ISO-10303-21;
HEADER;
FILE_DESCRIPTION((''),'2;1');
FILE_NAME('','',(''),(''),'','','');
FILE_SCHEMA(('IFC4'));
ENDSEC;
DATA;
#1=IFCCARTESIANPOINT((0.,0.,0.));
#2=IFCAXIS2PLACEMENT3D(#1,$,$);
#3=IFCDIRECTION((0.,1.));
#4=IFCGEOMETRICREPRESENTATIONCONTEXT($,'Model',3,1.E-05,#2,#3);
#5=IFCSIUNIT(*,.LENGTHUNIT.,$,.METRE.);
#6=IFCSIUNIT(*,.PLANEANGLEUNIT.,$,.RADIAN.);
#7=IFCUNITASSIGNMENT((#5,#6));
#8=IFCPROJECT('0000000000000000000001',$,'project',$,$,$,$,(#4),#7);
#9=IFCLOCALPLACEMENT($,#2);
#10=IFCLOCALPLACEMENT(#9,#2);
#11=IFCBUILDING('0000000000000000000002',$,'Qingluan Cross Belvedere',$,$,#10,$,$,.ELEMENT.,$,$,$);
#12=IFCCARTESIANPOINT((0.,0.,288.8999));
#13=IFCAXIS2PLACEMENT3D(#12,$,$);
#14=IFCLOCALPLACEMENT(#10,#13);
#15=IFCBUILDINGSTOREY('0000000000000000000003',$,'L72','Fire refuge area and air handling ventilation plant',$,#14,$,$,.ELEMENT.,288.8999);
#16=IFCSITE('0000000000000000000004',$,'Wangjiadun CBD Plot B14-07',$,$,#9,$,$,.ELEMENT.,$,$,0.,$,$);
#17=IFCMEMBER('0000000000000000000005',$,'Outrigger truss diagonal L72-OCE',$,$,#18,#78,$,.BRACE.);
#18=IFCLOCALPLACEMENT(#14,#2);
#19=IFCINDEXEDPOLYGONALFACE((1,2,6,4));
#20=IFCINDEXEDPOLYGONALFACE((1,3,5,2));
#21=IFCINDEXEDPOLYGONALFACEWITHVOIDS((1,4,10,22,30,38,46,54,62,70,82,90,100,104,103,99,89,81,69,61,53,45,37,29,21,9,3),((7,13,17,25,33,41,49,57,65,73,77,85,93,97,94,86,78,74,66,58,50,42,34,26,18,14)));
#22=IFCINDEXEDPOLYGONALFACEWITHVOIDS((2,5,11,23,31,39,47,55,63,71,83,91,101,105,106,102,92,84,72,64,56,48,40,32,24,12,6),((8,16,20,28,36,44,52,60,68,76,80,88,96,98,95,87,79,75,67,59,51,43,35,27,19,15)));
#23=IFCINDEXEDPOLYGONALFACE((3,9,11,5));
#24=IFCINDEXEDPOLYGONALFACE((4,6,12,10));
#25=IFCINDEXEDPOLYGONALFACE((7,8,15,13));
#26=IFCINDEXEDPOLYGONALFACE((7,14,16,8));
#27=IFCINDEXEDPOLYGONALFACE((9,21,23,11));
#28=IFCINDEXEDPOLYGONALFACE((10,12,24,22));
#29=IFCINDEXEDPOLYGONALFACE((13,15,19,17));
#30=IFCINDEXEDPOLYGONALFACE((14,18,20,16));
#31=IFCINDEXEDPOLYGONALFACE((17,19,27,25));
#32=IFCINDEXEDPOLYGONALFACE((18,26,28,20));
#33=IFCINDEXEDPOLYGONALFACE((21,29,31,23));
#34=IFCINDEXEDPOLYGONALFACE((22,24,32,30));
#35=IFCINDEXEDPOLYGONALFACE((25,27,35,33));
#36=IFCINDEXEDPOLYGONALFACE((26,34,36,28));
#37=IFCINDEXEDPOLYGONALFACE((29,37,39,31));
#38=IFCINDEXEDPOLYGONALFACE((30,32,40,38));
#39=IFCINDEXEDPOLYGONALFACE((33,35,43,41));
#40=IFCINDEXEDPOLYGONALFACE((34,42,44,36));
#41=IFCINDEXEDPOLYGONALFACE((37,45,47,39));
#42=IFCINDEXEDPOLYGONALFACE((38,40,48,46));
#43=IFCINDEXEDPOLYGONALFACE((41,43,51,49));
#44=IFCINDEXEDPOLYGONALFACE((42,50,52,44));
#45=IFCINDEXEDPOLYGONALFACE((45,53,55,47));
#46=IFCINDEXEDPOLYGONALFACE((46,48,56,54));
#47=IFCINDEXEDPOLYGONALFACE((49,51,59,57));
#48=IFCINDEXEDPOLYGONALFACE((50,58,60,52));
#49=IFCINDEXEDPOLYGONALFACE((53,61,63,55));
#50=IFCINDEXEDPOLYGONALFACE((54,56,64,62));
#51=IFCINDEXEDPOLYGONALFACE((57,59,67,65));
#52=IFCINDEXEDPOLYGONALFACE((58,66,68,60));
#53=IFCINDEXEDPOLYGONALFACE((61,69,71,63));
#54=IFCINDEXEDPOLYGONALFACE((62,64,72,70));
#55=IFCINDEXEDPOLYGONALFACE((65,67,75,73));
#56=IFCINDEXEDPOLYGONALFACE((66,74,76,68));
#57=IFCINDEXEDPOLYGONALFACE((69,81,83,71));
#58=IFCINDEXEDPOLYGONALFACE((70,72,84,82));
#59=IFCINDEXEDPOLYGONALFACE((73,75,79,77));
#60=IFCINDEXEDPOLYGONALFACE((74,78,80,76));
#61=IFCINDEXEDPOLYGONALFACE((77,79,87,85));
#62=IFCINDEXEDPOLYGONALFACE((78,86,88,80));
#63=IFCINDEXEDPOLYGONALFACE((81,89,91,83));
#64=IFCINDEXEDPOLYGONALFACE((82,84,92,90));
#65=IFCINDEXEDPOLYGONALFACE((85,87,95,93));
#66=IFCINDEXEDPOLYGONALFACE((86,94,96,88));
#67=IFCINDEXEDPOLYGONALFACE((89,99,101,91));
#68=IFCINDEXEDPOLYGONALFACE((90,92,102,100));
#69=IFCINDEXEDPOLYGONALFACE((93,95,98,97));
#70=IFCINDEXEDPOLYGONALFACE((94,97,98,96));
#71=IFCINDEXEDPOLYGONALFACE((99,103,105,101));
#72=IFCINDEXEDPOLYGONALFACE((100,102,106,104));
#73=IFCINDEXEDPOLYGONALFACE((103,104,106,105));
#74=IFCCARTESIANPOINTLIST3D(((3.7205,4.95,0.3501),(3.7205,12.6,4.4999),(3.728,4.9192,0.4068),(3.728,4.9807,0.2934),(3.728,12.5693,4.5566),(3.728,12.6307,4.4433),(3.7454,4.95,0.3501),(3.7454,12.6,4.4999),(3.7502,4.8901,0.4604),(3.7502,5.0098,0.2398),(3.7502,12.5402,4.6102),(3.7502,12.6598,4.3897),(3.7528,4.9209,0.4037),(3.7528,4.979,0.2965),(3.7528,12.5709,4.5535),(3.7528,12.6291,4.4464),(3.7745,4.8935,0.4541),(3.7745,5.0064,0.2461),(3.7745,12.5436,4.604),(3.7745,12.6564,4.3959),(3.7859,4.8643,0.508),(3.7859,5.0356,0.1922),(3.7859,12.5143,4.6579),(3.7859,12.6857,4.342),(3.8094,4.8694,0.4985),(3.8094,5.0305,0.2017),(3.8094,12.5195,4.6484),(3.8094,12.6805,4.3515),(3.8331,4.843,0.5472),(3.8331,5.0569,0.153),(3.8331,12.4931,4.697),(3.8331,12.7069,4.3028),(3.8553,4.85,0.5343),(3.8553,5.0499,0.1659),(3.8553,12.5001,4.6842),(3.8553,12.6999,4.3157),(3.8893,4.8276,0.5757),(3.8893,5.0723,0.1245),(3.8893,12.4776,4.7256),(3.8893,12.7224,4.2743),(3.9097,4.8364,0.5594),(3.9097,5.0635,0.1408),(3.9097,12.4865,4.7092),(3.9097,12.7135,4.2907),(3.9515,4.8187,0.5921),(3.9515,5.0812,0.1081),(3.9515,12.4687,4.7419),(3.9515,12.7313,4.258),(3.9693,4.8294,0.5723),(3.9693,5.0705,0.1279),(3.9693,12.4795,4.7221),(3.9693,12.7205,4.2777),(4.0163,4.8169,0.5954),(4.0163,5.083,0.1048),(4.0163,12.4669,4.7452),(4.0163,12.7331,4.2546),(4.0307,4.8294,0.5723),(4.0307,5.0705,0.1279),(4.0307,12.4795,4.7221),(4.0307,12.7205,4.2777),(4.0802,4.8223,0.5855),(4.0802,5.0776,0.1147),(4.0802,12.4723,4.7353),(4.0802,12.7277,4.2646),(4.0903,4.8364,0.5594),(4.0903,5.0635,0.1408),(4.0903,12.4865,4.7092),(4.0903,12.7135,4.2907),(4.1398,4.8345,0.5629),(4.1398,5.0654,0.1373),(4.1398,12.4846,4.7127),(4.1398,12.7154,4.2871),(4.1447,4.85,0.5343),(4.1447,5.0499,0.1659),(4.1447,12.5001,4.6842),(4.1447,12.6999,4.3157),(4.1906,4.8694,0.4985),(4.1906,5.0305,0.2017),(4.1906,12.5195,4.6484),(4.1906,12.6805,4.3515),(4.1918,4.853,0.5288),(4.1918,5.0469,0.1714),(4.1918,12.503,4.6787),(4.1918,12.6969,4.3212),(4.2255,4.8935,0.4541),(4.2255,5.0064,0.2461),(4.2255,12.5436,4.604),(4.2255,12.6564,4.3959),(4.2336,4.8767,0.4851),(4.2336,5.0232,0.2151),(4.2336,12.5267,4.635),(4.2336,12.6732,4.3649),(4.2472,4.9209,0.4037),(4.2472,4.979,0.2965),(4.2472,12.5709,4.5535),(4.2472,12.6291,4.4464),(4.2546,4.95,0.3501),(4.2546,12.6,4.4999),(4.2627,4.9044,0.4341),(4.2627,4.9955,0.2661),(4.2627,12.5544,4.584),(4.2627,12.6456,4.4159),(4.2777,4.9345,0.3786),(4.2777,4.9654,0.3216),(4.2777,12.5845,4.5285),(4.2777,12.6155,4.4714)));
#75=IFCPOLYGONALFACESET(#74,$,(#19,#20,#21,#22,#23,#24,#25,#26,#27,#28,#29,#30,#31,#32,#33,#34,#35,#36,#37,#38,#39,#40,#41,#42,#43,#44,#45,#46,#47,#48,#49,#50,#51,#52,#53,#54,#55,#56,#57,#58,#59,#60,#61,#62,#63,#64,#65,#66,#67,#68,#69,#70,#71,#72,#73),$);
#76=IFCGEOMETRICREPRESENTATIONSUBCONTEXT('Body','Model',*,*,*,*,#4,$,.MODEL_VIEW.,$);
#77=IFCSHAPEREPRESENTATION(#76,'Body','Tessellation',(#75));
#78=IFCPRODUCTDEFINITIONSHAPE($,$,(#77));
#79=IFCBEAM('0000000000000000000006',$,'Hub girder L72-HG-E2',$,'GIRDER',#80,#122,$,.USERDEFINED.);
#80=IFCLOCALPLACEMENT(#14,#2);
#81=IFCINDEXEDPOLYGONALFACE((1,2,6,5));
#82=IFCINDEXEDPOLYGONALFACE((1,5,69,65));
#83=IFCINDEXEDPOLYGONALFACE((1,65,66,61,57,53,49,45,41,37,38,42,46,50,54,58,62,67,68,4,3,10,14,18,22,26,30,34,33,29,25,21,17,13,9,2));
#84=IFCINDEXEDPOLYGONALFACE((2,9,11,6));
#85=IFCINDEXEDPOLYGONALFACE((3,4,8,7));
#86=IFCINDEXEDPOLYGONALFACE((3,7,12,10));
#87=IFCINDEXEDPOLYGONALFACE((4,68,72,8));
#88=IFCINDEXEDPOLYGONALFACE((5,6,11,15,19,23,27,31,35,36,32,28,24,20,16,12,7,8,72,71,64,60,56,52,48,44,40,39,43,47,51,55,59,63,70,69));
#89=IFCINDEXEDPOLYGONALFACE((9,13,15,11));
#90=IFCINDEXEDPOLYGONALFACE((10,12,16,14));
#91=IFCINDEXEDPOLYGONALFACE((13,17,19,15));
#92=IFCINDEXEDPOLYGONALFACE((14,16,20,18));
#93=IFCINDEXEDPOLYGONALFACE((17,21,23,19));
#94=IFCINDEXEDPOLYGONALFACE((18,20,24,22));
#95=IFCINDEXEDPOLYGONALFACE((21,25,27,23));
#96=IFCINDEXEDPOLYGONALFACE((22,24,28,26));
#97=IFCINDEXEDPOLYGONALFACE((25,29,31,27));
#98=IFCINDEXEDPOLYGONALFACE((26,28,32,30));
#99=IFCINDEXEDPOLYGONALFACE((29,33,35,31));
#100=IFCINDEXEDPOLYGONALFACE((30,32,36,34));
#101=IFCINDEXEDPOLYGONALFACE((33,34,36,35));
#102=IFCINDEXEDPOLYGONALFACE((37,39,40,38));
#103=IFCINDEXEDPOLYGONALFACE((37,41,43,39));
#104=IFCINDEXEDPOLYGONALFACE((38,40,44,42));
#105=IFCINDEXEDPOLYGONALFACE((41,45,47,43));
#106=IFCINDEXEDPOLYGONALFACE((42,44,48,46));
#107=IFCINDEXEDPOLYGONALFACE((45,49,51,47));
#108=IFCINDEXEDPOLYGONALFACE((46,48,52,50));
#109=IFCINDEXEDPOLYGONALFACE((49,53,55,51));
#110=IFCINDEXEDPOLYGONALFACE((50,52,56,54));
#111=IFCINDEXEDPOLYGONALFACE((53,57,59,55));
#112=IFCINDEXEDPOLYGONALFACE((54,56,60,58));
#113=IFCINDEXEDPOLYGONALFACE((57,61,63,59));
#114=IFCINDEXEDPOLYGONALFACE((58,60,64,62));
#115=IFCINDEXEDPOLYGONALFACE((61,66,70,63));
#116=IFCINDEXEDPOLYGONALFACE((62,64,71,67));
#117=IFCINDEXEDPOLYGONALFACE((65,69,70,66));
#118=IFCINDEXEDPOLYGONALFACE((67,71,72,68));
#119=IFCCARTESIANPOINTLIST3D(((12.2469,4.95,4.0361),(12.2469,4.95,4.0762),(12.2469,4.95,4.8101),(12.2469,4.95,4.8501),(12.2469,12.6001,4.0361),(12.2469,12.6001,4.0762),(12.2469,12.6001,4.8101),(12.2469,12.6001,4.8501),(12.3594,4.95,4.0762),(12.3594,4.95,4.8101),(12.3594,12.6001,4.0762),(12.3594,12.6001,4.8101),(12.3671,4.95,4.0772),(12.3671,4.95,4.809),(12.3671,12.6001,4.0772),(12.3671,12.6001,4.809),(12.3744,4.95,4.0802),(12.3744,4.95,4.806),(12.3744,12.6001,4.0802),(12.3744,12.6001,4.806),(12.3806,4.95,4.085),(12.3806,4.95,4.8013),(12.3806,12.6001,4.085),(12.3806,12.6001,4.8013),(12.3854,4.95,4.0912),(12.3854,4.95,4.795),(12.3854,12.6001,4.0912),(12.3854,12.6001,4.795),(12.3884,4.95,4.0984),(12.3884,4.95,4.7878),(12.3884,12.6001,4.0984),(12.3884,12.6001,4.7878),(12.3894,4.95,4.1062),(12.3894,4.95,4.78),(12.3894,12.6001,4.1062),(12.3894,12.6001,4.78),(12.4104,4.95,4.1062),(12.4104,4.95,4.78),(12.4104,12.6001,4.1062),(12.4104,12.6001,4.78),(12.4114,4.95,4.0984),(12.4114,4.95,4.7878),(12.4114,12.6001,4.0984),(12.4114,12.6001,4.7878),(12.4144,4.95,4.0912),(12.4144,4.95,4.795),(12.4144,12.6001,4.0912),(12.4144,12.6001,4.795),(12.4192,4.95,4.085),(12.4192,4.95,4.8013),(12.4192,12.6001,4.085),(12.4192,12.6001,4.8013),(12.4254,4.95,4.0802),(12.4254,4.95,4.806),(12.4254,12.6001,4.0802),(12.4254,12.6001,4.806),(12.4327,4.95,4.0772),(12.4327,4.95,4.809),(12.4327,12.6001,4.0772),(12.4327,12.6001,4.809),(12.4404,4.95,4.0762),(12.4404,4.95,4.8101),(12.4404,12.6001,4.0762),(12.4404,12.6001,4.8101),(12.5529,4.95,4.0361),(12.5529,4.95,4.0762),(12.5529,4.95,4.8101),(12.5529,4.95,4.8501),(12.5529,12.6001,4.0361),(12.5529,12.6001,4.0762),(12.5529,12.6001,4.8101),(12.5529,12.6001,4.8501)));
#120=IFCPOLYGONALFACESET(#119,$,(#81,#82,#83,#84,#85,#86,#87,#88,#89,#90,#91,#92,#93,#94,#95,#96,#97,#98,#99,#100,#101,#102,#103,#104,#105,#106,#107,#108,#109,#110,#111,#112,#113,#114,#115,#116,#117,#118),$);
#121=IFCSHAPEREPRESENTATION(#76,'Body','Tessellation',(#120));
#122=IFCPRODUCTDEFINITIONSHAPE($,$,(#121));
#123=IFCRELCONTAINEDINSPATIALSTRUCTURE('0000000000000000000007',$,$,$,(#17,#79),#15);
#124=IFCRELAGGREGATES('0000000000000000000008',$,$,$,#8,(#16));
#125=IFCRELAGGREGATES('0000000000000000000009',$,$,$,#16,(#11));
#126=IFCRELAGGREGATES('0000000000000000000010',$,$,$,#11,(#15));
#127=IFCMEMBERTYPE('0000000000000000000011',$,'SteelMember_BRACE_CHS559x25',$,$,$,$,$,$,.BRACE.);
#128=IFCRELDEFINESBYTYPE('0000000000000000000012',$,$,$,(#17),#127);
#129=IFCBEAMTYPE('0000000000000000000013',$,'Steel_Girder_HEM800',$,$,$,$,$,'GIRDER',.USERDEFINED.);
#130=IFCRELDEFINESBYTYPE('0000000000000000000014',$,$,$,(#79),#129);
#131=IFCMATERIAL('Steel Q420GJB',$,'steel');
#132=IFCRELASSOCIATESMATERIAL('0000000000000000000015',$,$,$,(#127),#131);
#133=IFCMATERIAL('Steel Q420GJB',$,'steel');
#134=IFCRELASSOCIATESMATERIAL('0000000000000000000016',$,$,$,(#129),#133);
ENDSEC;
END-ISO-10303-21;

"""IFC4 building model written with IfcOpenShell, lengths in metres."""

from ifc_helpers import new_model, si_unit, direction, frame, origin, origin_2d, place, context, subcontext, project, spatial, hollow_circle, i_section, extrude, material, material_profile, profile_set, type_object, element, save


model = new_model("IFC4")

# Units and contexts
model_context = context("Model", 3, precision=1e-05, world=origin(), true_north=direction((0.0, 1.0)))
body_context = subcontext(model_context, "Body", "Model", "MODEL_VIEW")
ifc_project = project(units=[si_unit("LENGTHUNIT", "METRE"), si_unit("PLANEANGLEUNIT", "RADIAN")], contexts=[model_context])

# Site, building, storey
site_placement = place(None, origin())
site = spatial("IfcSite", under=ifc_project, at=site_placement, Name="Wangjiadun CBD Plot B14-07", CompositionType="ELEMENT", RefElevation=0.0)
building_placement = place(site_placement, origin())
building = spatial("IfcBuilding", under=site, at=building_placement, Name="Qingluan Cross Belvedere", CompositionType="ELEMENT")
storey_placement = place(building_placement, frame((0.0, 0.0, 288.8999)))
storey = spatial("IfcBuildingStorey", under=building, at=storey_placement, Name="L72", Description="Fire refuge area and air handling ventilation plant", CompositionType="ELEMENT", Elevation=288.8999)

# Member
ifc_material_1 = material(Name="Steel Q420GJB", Category="steel")
ifc_material_profile_1 = material_profile(ifc_material_1, hollow_circle(Radius=0.2795, WallThickness=0.0249, at=origin_2d()), Name="CHS559x25")
ifc_profile_set_1 = profile_set([ifc_material_profile_1], Name="Steel Q420GJB")
member_type = type_object("IfcMemberType", Name="SteelMember_BRACE_CHS559x25", PredefinedType="BRACE", material=ifc_profile_set_1)
member_placement = place(storey_placement, frame((4.0, 4.95, 0.3501), z_axis=(0.0, 0.879, 0.476823), x_axis=(-1.0, 0.0, 0.0)))
element("IfcMember", 1, at=member_placement, inside=storey, type_object=member_type, Name="Outrigger truss diagonal L72-OCE", PredefinedType="BRACE", context=body_context, shape_type="SweptSolid", body=[
    extrude(hollow_circle(Radius=0.2795, WallThickness=0.0249, at=origin_2d()), origin(), (0.0, 0.0, 1.0), 8.7031),
])

# Beam
ifc_material_2 = material(Name="Steel Q420GJB", Category="steel")
ifc_material_profile_2 = material_profile(ifc_material_2, i_section(OverallWidth=0.3059, OverallDepth=0.814, WebThickness=0.021, FlangeThickness=0.04, FilletRadius=0.03, at=origin_2d()), Name="HEM800")
ifc_profile_set_2 = profile_set([ifc_material_profile_2], Name="Steel Q420GJB")
beam_type = type_object("IfcBeamType", Name="Steel_Girder_HEM800", ElementType="GIRDER", PredefinedType="USERDEFINED", material=ifc_profile_set_2)
beam_placement = place(storey_placement, frame((12.3999, 4.95, 4.4431), z_axis=(0.0, 1.0, 0.0), x_axis=(-1.0, 0.0, 0.0)))
element("IfcBeam", 2, at=beam_placement, inside=storey, type_object=beam_type, Name="Hub girder L72-HG-E2", ObjectType="GIRDER", PredefinedType="USERDEFINED", context=body_context, shape_type="SweptSolid", body=[
    extrude(i_section(OverallWidth=0.3059, OverallDepth=0.814, WebThickness=0.021, FlangeThickness=0.04, FilletRadius=0.03, at=origin_2d()), origin(), (0.0, 0.0, 1.0), 7.6501),
])

save(model, "model.ifc")
